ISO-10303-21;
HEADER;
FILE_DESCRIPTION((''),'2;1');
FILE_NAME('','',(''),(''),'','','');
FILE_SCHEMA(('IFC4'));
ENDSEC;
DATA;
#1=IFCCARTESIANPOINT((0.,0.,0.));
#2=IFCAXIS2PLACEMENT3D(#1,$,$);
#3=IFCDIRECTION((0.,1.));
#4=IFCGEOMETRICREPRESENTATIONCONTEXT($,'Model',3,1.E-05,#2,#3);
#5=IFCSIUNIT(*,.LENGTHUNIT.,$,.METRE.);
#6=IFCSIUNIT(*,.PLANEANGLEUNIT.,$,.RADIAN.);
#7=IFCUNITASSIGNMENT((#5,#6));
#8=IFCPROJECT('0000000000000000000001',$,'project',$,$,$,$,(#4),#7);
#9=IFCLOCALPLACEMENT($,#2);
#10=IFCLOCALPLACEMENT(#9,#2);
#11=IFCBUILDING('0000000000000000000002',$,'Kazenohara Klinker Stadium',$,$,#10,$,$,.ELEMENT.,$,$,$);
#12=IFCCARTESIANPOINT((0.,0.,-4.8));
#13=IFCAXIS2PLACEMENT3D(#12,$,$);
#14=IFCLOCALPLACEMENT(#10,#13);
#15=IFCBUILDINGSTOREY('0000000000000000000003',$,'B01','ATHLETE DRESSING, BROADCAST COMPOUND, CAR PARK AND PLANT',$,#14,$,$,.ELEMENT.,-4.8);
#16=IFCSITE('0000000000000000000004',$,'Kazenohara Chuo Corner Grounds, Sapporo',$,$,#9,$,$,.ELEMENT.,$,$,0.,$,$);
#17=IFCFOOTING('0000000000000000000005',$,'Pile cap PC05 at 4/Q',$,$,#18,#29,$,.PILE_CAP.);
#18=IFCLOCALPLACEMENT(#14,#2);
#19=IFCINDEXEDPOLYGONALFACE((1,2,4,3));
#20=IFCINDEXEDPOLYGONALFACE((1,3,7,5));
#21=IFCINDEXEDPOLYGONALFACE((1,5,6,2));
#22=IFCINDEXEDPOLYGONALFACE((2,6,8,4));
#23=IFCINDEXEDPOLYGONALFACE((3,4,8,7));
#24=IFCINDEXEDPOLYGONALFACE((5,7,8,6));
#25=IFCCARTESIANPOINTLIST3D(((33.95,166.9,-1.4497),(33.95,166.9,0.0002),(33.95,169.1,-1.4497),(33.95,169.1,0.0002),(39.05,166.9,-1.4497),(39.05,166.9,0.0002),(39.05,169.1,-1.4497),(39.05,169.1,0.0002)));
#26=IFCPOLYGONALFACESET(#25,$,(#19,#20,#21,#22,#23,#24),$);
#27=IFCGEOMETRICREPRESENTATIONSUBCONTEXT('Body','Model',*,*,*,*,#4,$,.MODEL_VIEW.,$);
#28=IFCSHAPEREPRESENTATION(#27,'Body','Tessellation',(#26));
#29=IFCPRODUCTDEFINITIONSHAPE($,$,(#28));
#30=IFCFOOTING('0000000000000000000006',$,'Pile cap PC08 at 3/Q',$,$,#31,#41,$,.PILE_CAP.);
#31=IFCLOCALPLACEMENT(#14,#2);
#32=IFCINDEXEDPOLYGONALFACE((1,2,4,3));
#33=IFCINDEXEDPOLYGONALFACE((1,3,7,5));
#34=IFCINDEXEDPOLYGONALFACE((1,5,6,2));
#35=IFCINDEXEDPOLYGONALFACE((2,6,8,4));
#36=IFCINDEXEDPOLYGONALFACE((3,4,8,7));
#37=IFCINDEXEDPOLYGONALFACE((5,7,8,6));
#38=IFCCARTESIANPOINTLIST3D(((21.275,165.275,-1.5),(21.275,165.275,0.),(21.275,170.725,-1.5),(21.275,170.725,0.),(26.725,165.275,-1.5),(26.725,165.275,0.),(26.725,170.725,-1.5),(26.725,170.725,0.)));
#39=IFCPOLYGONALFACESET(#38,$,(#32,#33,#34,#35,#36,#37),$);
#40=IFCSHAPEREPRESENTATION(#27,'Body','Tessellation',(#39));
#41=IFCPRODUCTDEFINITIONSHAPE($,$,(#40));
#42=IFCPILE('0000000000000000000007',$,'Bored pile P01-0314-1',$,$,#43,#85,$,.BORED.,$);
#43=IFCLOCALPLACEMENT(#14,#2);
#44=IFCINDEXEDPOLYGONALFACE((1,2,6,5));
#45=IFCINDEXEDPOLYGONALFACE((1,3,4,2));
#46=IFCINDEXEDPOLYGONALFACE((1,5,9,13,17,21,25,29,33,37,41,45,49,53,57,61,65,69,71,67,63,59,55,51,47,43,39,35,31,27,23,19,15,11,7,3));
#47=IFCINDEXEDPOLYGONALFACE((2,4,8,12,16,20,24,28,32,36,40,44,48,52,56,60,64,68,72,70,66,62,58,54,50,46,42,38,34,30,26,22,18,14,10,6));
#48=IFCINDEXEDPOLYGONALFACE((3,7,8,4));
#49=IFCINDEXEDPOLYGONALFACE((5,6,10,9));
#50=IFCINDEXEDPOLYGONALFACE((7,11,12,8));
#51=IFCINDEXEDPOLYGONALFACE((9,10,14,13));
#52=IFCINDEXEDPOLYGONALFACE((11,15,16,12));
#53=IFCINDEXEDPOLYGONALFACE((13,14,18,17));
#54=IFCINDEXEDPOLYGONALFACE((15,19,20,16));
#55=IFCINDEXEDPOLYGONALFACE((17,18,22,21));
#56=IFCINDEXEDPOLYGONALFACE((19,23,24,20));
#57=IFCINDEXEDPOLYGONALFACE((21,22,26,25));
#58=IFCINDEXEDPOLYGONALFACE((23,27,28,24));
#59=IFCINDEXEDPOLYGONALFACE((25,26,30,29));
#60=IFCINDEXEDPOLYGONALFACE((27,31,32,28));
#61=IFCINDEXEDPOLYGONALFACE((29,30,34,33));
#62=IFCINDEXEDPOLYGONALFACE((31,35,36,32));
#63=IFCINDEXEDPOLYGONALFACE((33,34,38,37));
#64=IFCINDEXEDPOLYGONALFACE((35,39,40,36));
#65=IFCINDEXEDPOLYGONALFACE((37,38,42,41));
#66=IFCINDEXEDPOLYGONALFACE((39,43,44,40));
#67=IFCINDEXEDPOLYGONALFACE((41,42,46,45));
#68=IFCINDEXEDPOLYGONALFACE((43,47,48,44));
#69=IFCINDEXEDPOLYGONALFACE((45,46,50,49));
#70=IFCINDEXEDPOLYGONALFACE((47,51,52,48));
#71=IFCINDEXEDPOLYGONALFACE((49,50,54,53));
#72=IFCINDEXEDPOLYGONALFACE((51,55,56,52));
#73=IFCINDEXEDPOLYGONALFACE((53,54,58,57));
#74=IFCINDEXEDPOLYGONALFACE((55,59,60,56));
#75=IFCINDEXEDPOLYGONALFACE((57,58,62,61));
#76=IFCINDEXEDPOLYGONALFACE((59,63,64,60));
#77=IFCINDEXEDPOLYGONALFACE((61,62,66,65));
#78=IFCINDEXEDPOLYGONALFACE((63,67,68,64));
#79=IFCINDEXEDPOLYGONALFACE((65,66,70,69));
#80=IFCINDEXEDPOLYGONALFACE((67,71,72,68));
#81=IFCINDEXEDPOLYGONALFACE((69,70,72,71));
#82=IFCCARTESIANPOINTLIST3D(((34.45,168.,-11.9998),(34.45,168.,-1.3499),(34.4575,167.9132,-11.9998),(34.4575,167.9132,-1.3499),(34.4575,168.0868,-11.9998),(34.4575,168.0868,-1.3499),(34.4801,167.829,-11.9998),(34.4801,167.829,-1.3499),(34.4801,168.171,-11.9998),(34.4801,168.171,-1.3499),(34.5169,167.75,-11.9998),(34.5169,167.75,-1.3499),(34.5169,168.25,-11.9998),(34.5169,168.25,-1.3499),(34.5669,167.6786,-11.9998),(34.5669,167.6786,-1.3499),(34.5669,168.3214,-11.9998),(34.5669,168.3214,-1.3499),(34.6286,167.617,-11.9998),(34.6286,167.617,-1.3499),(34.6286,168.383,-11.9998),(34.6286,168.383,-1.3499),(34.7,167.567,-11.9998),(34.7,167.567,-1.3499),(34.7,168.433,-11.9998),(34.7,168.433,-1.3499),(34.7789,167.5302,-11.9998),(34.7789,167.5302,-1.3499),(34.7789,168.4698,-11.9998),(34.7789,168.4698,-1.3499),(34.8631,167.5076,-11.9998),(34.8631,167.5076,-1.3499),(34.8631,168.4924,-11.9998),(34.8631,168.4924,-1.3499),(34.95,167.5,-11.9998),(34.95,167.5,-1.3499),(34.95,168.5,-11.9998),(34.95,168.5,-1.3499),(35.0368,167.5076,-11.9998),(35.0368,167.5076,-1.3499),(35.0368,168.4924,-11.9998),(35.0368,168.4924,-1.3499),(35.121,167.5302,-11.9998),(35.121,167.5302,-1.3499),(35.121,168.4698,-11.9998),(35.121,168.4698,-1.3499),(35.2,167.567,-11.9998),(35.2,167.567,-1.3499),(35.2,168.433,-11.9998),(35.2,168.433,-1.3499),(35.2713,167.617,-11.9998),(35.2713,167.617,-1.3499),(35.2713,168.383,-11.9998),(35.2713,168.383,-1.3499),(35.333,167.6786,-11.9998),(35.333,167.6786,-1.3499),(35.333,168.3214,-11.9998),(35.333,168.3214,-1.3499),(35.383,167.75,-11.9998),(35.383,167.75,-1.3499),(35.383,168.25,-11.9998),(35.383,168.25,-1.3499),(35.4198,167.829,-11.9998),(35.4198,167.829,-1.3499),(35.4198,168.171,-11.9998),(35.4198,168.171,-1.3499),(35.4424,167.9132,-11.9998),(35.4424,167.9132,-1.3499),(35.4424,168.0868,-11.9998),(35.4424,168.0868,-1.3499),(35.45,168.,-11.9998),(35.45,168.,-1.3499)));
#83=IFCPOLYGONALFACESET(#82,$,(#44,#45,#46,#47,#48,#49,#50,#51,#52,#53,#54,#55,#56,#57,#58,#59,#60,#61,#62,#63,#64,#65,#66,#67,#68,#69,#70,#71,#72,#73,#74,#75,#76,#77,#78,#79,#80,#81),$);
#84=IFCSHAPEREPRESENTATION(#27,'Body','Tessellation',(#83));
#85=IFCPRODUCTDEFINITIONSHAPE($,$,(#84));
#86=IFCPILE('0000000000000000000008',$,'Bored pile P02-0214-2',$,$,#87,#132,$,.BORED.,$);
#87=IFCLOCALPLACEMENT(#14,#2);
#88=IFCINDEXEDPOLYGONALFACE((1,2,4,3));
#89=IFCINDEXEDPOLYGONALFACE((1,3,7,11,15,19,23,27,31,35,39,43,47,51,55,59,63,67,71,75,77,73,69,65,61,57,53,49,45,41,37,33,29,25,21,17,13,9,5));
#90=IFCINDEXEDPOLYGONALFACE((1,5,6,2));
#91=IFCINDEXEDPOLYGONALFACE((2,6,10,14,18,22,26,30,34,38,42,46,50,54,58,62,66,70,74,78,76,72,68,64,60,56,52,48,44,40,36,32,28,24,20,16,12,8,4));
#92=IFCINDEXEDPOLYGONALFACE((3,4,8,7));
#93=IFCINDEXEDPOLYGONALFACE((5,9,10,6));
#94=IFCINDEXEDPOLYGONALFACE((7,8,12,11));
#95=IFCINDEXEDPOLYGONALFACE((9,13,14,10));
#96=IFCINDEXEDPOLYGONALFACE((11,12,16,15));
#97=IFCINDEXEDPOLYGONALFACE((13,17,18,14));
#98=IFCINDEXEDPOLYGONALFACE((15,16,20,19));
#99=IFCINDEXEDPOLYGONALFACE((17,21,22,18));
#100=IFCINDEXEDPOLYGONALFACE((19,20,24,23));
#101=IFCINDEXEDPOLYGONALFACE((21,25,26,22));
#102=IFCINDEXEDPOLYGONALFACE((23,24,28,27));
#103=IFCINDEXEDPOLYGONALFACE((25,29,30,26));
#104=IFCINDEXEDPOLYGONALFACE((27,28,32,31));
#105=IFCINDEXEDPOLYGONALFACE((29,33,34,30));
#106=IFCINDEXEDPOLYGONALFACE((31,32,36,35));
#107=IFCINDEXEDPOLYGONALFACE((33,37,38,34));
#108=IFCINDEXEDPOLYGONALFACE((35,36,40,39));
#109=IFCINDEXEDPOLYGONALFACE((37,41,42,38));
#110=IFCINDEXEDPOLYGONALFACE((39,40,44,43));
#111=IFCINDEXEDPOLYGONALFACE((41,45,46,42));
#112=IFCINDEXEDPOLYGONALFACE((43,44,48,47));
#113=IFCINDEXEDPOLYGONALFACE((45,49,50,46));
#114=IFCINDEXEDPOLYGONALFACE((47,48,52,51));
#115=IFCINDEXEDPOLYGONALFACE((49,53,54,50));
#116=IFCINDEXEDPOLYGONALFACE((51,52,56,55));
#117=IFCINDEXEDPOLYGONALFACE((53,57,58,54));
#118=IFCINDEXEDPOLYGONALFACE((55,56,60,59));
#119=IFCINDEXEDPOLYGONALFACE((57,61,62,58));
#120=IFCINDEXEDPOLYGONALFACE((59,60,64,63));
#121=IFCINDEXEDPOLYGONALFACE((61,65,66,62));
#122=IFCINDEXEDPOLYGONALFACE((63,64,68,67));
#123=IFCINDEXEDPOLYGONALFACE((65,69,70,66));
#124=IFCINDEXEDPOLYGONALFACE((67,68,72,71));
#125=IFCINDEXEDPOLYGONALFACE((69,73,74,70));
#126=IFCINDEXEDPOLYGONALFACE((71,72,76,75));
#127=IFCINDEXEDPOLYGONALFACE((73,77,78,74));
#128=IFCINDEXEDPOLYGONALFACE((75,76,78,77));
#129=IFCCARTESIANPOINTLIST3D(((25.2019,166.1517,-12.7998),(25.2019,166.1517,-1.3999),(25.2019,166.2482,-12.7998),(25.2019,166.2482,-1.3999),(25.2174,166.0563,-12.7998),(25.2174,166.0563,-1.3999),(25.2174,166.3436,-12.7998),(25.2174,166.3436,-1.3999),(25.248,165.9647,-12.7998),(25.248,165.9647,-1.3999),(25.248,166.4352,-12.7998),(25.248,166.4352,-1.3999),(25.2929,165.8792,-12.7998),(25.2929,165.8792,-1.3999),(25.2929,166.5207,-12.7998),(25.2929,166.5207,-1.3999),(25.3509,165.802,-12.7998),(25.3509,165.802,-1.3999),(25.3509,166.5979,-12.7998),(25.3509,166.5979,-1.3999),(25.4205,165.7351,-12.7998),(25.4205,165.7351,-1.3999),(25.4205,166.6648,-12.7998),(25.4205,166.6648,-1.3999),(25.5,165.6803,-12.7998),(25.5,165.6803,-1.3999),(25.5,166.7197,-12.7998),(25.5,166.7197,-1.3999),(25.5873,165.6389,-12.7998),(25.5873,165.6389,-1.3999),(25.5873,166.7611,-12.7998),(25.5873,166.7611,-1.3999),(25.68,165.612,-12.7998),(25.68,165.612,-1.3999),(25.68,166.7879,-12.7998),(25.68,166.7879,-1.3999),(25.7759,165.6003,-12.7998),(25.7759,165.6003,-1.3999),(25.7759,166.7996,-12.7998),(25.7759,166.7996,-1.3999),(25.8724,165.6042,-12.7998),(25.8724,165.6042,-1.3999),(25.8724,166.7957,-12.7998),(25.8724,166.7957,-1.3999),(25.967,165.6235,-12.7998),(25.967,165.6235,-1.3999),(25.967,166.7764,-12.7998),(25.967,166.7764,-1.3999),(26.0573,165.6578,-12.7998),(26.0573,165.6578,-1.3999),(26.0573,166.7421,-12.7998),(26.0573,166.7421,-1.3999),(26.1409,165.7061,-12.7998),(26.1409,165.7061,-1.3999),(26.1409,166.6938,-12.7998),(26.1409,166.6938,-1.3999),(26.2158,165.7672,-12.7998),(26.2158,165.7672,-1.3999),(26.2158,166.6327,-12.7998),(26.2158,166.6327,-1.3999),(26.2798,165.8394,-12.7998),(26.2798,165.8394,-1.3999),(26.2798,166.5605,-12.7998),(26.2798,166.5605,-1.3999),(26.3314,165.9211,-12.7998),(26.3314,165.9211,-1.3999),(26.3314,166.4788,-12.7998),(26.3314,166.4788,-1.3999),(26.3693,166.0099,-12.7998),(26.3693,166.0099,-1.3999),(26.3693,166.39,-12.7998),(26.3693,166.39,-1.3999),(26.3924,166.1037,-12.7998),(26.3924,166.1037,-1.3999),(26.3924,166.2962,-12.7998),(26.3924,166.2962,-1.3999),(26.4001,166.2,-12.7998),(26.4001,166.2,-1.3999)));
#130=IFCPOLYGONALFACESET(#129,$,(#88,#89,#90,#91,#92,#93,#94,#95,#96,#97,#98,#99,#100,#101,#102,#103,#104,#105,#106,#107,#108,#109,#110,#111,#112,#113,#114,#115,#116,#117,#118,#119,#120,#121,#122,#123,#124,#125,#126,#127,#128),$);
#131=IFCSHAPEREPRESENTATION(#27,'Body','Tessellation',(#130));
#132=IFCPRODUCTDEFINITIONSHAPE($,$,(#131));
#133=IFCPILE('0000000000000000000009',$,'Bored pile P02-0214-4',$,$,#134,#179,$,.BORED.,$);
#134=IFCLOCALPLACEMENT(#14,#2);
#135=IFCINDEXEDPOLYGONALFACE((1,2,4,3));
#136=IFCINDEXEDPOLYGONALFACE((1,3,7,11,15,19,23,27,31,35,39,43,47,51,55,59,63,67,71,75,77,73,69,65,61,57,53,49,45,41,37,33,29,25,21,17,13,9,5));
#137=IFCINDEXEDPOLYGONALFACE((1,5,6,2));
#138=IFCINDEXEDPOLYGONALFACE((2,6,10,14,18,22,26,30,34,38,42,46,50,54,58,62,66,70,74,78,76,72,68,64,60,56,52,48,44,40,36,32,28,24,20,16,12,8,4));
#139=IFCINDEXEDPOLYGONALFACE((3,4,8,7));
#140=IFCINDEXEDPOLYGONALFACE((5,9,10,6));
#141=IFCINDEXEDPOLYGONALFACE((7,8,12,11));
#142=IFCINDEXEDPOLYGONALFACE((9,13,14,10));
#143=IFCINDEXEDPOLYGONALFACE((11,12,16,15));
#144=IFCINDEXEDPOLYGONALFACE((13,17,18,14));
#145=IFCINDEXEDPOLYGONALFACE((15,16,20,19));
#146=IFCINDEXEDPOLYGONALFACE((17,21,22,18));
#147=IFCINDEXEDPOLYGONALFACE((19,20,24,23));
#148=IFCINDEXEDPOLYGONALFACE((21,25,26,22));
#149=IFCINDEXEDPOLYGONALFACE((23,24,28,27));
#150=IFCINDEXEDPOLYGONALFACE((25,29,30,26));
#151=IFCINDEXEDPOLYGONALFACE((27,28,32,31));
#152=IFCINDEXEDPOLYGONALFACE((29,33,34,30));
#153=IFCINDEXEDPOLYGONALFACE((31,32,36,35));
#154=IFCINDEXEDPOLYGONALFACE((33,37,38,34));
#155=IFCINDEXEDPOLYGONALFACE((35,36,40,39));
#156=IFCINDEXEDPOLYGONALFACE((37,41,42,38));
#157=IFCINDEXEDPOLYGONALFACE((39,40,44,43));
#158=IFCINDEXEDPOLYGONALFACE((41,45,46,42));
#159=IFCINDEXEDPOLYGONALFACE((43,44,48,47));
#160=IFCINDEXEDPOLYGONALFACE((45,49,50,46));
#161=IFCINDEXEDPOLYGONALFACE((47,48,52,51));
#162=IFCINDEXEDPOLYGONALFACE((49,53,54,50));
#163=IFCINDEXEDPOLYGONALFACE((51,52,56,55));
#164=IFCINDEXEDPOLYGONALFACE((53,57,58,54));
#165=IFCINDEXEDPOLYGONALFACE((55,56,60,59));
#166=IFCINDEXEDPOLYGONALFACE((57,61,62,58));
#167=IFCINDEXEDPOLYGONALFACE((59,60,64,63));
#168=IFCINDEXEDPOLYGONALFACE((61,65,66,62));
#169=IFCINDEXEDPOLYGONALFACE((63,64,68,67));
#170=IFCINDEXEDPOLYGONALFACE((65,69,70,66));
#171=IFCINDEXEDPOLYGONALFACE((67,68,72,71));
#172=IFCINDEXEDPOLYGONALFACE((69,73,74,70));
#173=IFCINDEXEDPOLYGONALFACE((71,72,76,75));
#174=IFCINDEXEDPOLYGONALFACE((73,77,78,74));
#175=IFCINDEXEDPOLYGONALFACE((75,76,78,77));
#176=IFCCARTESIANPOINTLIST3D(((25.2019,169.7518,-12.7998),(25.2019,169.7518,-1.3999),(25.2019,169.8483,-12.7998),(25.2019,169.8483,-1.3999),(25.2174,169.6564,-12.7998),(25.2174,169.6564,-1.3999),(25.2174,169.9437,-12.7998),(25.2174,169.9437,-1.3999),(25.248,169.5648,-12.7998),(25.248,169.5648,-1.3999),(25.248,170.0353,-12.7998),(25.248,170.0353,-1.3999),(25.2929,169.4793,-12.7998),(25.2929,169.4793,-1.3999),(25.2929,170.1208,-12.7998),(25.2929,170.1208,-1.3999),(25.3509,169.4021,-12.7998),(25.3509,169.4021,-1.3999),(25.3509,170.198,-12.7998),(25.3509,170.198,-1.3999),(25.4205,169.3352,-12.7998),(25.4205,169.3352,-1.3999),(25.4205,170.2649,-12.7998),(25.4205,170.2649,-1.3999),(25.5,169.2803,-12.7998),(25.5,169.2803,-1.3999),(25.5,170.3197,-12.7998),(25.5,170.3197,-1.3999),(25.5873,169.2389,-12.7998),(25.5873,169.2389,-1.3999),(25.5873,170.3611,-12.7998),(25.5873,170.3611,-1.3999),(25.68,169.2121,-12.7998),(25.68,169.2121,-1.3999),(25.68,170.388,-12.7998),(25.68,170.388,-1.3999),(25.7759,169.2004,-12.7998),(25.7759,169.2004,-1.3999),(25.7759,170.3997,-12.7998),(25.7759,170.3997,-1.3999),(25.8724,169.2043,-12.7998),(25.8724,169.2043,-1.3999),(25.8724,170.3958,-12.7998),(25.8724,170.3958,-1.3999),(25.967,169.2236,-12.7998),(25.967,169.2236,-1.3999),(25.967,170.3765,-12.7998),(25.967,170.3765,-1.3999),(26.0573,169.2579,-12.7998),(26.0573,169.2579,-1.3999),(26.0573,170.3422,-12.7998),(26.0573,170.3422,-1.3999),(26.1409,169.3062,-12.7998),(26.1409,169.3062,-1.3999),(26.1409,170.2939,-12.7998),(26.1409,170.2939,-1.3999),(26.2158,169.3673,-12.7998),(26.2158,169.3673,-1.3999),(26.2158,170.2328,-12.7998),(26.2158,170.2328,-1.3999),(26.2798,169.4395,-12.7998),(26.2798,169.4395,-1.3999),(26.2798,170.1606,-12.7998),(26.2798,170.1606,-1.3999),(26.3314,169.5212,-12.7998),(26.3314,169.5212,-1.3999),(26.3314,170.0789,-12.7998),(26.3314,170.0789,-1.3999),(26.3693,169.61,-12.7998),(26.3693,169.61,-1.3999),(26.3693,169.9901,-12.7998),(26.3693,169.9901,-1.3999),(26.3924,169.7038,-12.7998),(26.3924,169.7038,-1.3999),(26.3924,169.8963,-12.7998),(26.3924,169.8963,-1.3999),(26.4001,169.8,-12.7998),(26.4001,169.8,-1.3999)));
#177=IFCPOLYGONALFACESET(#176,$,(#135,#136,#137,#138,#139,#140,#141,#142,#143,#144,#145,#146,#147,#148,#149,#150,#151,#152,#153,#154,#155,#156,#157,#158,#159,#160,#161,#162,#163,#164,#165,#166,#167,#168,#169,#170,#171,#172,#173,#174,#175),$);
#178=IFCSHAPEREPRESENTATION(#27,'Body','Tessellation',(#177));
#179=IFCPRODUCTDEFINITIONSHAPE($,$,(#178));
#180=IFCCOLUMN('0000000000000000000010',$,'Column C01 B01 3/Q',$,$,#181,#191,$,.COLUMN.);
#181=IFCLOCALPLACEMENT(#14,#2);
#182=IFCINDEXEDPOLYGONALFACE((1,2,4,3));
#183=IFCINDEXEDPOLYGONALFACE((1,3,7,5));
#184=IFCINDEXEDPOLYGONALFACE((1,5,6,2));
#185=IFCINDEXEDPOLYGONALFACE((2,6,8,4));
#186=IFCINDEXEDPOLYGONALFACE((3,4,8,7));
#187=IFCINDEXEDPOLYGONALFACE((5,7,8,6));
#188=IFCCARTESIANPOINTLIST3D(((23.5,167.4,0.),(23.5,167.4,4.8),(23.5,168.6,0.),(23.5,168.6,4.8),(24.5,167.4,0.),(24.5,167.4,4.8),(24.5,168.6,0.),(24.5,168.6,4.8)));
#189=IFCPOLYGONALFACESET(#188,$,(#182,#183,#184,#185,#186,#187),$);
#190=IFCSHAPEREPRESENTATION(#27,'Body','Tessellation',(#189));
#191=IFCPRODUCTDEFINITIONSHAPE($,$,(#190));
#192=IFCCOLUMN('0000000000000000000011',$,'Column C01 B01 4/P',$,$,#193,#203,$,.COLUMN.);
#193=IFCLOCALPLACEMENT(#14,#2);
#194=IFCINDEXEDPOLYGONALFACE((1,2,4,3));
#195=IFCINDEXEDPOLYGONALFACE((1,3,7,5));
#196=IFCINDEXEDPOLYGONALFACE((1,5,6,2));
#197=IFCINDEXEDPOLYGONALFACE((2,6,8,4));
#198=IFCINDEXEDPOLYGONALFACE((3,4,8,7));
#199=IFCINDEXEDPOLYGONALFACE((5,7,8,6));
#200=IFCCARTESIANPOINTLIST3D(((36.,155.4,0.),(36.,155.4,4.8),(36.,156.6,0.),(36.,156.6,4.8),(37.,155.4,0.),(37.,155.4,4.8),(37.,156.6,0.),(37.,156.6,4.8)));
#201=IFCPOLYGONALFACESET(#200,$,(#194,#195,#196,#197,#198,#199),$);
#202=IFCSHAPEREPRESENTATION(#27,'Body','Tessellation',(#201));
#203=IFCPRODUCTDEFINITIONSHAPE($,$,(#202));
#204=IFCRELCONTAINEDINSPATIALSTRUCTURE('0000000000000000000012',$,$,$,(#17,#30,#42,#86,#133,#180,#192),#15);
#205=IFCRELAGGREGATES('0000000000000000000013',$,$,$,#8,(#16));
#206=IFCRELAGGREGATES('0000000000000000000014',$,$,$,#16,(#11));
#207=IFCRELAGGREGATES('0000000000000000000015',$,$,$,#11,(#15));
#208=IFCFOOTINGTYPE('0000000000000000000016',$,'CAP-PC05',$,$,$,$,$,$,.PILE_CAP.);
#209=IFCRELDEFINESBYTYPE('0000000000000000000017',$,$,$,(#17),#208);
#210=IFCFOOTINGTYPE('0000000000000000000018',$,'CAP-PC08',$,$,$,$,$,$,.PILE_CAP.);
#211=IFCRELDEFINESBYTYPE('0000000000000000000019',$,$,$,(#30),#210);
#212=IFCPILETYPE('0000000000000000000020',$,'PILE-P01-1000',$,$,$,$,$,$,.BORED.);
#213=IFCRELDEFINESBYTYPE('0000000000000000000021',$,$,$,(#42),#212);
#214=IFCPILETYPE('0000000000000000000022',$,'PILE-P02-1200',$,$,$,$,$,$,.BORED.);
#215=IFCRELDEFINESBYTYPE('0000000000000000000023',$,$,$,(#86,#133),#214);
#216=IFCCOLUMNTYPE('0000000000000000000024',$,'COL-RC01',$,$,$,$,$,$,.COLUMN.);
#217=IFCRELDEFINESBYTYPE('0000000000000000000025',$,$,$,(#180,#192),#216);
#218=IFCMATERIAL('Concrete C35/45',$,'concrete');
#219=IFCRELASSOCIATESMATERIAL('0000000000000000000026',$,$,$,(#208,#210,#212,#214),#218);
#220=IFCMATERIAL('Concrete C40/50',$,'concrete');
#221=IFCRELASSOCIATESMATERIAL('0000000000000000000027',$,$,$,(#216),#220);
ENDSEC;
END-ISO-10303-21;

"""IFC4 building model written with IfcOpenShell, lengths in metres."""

from ifc_helpers import new_model, si_unit, direction, frame, origin, origin_2d, place, context, subcontext, project, spatial, rectangle, circle, extrude, material, material_profile, profile_set, type_object, element, save


model = new_model("IFC4")

# Units and contexts
model_context = context("Model", 3, precision=1e-05, world=origin(), true_north=direction((0.0, 1.0)))
body_context = subcontext(model_context, "Body", "Model", "MODEL_VIEW")
ifc_project = project(units=[si_unit("LENGTHUNIT", "METRE"), si_unit("PLANEANGLEUNIT", "RADIAN")], contexts=[model_context])

# Site, building, storey
site_placement = place(None, origin())
site = spatial("IfcSite", under=ifc_project, at=site_placement, Name="Kazenohara Chuo Corner Grounds, Sapporo", CompositionType="ELEMENT", RefElevation=0.0)
building_placement = place(site_placement, origin())
building = spatial("IfcBuilding", under=site, at=building_placement, Name="Kazenohara Klinker Stadium", CompositionType="ELEMENT")
storey_placement = place(building_placement, frame((0.0, 0.0, -4.8)))
storey = spatial("IfcBuildingStorey", under=building, at=storey_placement, Name="B01", Description="ATHLETE DRESSING, BROADCAST COMPOUND, CAR PARK AND PLANT", CompositionType="ELEMENT", Elevation=-4.8)

# Footings
ifc_material_1 = material(Name="Concrete C35/45", Category="concrete")
footing_type_1 = type_object("IfcFootingType", Name="CAP-PC05", PredefinedType="PILE_CAP", material=ifc_material_1)
footing_1_placement = place(storey_placement, frame((36.5, 168.0, -1.4497), z_axis=(0.0, 0.0, 1.0), x_axis=(1.0, 0.0, 0.0)))
element("IfcFooting", 1, at=footing_1_placement, inside=storey, type_object=footing_type_1, Name="Pile cap PC05 at 4/Q", PredefinedType="PILE_CAP", context=body_context, shape_type="SweptSolid", body=[
    extrude(rectangle(XDim=5.1001, YDim=2.2, at=origin_2d()), origin(), (0.0, 0.0, 1.0), 1.45),
])
footing_type_2 = type_object("IfcFootingType", Name="CAP-PC08", PredefinedType="PILE_CAP", material=ifc_material_1)
footing_2_placement = place(storey_placement, frame((24.0, 168.0, -1.5), z_axis=(0.0, 0.0, 1.0), x_axis=(1.0, 0.0, 0.0)))
element("IfcFooting", 2, at=footing_2_placement, inside=storey, type_object=footing_type_2, Name="Pile cap PC08 at 3/Q", PredefinedType="PILE_CAP", context=body_context, shape_type="SweptSolid", body=[
    extrude(rectangle(XDim=5.45, YDim=5.45, at=origin_2d()), origin(), (0.0, 0.0, 1.0), 1.5),
])

# Piles
ifc_material_profile_1 = material_profile(ifc_material_1, circle(Radius=0.5, at=origin_2d()), Name="BORED-PILE-1000")
ifc_profile_set_1 = profile_set([ifc_material_profile_1], Name="Concrete C35/45")
pile_type_1 = type_object("IfcPileType", Name="PILE-P01-1000", PredefinedType="BORED", material=ifc_profile_set_1)
pile_placement = place(storey_placement, frame((34.95, 168.0, -1.3499), z_axis=(0.0, 0.0, -1.0), x_axis=(1.0, 0.0, 0.0)))
element("IfcPile", 3, at=pile_placement, inside=storey, type_object=pile_type_1, Name="Bored pile P01-0314-1", PredefinedType="BORED", context=body_context, shape_type="SweptSolid", body=[
    extrude(circle(Radius=0.5, at=origin_2d()), origin(), (0.0, 0.0, 1.0), 10.6499),
])
ifc_material_profile_2 = material_profile(ifc_material_1, circle(Radius=0.6001, at=origin_2d()), Name="BORED-PILE-1200")
ifc_profile_set_2 = profile_set([ifc_material_profile_2], Name="Concrete C35/45")
pile_type_2 = type_object("IfcPileType", Name="PILE-P02-1200", PredefinedType="BORED", material=ifc_profile_set_2)
for number, where, z_axis, x_axis, name in (
    (4, (25.8, 166.2, -1.3999), (0.0, 0.0, -1.0), (1.0, 0.0, 0.0), "Bored pile P02-0214-2"),
    (5, (25.8, 169.8, -1.3999), (0.0, 0.0, -1.0), (1.0, 0.0, 0.0), "Bored pile P02-0214-4"),
):
    element("IfcPile", number, at=place(storey_placement, frame(where, z_axis=z_axis, x_axis=x_axis)), inside=storey, type_object=pile_type_2, Name=name, PredefinedType="BORED", context=body_context, shape_type="SweptSolid", body=[
        extrude(circle(Radius=0.6001, at=origin_2d()), origin(), (0.0, 0.0, 1.0), 11.3999),
    ])

# Columns
ifc_material_2 = material(Name="Concrete C40/50", Category="concrete")
ifc_material_profile_3 = material_profile(ifc_material_2, rectangle(XDim=1.0, YDim=1.2, at=origin_2d()), Name="RC-COL-1200x1000")
ifc_profile_set_3 = profile_set([ifc_material_profile_3], Name="Concrete C40/50")
column_type_1 = type_object("IfcColumnType", Name="COL-RC01", PredefinedType="COLUMN", material=ifc_profile_set_3)
for number, where, z_axis, x_axis, name in (
    (6, (24.0, 168.0, 0.0), (0.0, 0.0, 1.0), (1.0, 0.0, 0.0), "Column C01 B01 3/Q"),
    (7, (36.5, 156.0, 0.0), (0.0, 0.0, 1.0), (1.0, 0.0, 0.0), "Column C01 B01 4/P"),
):
    element("IfcColumn", number, at=place(storey_placement, frame(where, z_axis=z_axis, x_axis=x_axis)), inside=storey, type_object=column_type_1, Name=name, PredefinedType="COLUMN", context=body_context, shape_type="SweptSolid", body=[
        extrude(rectangle(XDim=1.0, YDim=1.2, at=origin_2d()), origin(), (0.0, 0.0, 1.0), 4.8),
    ])

save(model, "model.ifc")
